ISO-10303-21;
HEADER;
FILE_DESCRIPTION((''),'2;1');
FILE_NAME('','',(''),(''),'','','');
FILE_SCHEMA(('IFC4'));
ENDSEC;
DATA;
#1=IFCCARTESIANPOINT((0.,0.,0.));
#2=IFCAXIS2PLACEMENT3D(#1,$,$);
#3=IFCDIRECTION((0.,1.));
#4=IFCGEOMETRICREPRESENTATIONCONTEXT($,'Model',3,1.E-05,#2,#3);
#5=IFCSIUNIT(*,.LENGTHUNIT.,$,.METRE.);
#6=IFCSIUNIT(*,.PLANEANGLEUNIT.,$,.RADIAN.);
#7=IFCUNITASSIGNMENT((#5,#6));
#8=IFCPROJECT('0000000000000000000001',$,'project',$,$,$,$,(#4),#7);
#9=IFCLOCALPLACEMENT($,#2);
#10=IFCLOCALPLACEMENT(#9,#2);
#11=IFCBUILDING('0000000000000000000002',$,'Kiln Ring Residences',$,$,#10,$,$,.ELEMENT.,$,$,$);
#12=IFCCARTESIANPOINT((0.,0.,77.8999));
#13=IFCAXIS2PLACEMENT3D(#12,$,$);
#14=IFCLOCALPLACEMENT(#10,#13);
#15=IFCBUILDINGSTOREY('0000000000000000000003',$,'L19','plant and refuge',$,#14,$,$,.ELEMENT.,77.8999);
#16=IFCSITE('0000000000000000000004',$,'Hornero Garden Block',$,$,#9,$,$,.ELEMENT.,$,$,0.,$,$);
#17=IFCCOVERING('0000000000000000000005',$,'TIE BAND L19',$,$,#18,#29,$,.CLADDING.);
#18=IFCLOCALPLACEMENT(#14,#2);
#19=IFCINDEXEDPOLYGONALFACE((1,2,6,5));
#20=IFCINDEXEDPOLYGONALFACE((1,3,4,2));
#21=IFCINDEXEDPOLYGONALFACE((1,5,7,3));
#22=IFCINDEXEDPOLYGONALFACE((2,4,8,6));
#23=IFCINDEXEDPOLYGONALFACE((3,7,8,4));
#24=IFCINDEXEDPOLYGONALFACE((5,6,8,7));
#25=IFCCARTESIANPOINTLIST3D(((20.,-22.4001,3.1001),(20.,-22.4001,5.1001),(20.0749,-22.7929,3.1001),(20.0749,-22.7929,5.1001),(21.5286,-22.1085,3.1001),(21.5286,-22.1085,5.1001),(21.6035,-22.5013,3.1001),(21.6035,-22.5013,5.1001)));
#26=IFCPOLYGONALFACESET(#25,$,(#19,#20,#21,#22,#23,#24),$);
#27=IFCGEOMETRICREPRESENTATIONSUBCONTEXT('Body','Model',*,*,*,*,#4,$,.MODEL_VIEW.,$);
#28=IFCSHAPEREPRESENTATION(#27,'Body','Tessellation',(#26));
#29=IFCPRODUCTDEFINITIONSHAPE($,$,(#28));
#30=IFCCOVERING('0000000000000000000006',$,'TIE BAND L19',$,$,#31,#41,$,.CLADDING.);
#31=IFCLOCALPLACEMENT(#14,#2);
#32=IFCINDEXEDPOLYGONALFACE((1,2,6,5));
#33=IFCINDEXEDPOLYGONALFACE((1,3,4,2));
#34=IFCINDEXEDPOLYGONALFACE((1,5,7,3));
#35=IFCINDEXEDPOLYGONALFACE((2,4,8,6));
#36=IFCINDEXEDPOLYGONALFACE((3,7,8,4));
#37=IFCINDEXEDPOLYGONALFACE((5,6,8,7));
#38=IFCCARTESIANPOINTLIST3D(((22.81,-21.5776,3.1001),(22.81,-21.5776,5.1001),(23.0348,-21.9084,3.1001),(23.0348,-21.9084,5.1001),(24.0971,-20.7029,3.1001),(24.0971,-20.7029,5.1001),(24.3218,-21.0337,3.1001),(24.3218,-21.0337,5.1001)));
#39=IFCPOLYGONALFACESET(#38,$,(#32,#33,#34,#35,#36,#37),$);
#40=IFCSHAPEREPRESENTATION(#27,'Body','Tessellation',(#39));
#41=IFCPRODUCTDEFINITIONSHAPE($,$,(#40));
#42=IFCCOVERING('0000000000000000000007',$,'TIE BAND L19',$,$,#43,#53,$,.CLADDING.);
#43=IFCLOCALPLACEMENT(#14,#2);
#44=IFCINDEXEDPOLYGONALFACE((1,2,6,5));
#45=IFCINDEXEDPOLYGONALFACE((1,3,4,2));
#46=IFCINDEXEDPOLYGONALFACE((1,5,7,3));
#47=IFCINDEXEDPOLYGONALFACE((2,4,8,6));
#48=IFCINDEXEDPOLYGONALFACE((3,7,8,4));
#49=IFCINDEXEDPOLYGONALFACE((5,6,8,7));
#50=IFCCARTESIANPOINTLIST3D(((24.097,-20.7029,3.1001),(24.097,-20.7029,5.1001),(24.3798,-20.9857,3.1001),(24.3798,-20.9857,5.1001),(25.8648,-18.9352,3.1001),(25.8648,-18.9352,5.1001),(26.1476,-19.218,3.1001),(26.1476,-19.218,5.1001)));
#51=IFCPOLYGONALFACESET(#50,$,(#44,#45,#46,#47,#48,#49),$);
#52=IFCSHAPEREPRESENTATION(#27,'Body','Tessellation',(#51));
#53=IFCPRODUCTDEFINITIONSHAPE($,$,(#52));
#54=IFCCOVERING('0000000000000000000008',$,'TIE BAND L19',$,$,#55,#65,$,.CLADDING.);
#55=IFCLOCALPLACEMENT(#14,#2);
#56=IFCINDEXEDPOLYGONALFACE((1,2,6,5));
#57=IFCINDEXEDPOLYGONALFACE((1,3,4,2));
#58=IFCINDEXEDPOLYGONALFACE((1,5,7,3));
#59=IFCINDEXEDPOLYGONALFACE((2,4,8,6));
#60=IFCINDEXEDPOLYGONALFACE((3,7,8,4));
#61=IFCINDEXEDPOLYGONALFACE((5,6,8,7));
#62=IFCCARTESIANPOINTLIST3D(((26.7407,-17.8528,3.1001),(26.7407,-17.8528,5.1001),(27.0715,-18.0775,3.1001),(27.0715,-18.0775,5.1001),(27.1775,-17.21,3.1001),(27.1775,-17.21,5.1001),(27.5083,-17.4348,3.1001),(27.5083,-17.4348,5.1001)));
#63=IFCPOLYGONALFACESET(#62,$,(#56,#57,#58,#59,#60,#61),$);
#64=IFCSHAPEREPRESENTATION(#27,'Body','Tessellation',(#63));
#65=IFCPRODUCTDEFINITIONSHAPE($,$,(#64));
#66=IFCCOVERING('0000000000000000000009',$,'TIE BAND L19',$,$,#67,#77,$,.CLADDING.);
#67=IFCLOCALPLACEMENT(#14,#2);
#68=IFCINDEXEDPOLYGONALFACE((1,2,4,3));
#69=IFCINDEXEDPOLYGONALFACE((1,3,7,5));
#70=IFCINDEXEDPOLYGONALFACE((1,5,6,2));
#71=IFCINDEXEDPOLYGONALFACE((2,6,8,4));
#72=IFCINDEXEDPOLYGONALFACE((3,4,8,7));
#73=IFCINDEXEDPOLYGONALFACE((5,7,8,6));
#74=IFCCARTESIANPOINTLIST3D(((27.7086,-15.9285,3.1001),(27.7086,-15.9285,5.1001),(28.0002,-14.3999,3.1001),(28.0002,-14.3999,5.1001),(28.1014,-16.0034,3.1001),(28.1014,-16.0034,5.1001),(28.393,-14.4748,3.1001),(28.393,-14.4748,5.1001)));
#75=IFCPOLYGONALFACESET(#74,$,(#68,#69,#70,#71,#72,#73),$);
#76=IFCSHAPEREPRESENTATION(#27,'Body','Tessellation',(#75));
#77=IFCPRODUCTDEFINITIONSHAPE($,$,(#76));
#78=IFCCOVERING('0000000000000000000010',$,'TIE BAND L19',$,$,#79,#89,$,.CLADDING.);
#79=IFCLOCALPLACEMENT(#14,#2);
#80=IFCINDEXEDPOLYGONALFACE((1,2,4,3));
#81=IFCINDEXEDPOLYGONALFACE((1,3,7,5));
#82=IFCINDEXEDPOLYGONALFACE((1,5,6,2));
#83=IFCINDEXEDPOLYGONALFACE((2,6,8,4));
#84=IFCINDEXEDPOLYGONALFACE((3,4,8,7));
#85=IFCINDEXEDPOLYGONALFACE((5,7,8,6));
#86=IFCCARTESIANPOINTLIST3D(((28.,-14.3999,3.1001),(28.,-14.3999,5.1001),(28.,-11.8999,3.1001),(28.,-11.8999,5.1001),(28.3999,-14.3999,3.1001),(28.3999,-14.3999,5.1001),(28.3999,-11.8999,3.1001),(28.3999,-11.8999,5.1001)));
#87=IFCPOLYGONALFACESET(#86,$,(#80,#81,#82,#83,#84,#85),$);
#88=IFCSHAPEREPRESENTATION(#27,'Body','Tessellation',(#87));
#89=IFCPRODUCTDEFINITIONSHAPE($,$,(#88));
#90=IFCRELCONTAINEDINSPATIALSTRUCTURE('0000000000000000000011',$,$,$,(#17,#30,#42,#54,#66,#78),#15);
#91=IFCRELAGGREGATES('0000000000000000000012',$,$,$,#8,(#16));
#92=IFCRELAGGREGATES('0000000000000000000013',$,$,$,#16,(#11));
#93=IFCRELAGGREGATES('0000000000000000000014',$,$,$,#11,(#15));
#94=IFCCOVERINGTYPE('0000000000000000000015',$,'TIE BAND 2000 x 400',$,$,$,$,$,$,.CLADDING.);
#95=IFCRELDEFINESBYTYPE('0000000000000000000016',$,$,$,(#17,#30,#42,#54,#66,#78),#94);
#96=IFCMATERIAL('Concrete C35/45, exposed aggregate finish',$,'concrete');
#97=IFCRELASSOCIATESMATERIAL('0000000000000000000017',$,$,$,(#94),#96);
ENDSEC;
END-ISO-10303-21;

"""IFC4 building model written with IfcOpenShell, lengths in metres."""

from ifc_helpers import new_model, si_unit, direction, frame, origin, origin_2d, place, context, subcontext, project, spatial, rectangle, extrude, material, type_object, element, save


model = new_model("IFC4")

# Units and contexts
model_context = context("Model", 3, precision=1e-05, world=origin(), true_north=direction((0.0, 1.0)))
body_context = subcontext(model_context, "Body", "Model", "MODEL_VIEW")
ifc_project = project(units=[si_unit("LENGTHUNIT", "METRE"), si_unit("PLANEANGLEUNIT", "RADIAN")], contexts=[model_context])

# Site, building, storey
site_placement = place(None, origin())
site = spatial("IfcSite", under=ifc_project, at=site_placement, Name="Hornero Garden Block", CompositionType="ELEMENT", RefElevation=0.0)
building_placement = place(site_placement, origin())
building = spatial("IfcBuilding", under=site, at=building_placement, Name="Kiln Ring Residences", CompositionType="ELEMENT")
storey_placement = place(building_placement, frame((0.0, 0.0, 77.8999)))
storey = spatial("IfcBuildingStorey", under=building, at=storey_placement, Name="L19", Description="plant and refuge", CompositionType="ELEMENT", Elevation=77.8999)

# Coverings
ifc_material_1 = material(Name="Concrete C35/45, exposed aggregate finish", Category="concrete")
covering_type = type_object("IfcCoveringType", Name="TIE BAND 2000 x 400", PredefinedType="CLADDING", material=ifc_material_1)
for number, where, z_axis, x_axis, name in (
    (1, (20.8018, -22.4507, 3.1001), (0.0, 0.0, 1.0), (0.98229, 0.187366, 0.0), "TIE BAND L19"),
    (2, (23.5659, -21.3057, 3.1001), (0.0, 0.0, 1.0), (0.827072, 0.562097, 0.0), "TIE BAND L19"),
):
    element("IfcCovering", number, at=place(storey_placement, frame(where, z_axis=z_axis, x_axis=x_axis)), inside=storey, type_object=covering_type, Name=name, PredefinedType="CLADDING", context=body_context, shape_type="SweptSolid", body=[
        extrude(rectangle(XDim=1.5562, YDim=0.3999, at=origin_2d()), origin(), (0.0, 0.0, 1.0), 2.0),
    ])
covering_1_placement = place(storey_placement, frame((25.1223, -19.9604, 3.1001), z_axis=(0.0, 0.0, 1.0), x_axis=(0.707107, 0.707107, 0.0)))
element("IfcCovering", 3, at=covering_1_placement, inside=storey, type_object=covering_type, Name="TIE BAND L19", PredefinedType="CLADDING", context=body_context, shape_type="SweptSolid", body=[
    extrude(rectangle(XDim=2.5, YDim=0.3999, at=origin_2d()), origin(), (0.0, 0.0, 1.0), 2.0),
])
covering_2_placement = place(storey_placement, frame((27.1245, -17.6438, 3.1001), z_axis=(0.0, 0.0, 1.0), x_axis=(0.562097, 0.827072, 0.0)))
element("IfcCovering", 4, at=covering_2_placement, inside=storey, type_object=covering_type, Name="TIE BAND L19", PredefinedType="CLADDING", context=body_context, shape_type="SweptSolid", body=[
    extrude(rectangle(XDim=0.7771, YDim=0.3999, at=origin_2d()), origin(), (0.0, 0.0, 1.0), 2.0),
])
covering_3_placement = place(storey_placement, frame((28.0508, -15.2017, 3.1001), z_axis=(0.0, 0.0, 1.0), x_axis=(0.187366, 0.98229, 0.0)))
element("IfcCovering", 5, at=covering_3_placement, inside=storey, type_object=covering_type, Name="TIE BAND L19", PredefinedType="CLADDING", context=body_context, shape_type="SweptSolid", body=[
    extrude(rectangle(XDim=1.5562, YDim=0.3999, at=origin_2d()), origin(), (0.0, 0.0, 1.0), 2.0),
])
covering_4_placement = place(storey_placement, frame((28.2, -13.1499, 3.1001), z_axis=(0.0, 0.0, 1.0), x_axis=(0.0, 1.0, 0.0)))
element("IfcCovering", 6, at=covering_4_placement, inside=storey, type_object=covering_type, Name="TIE BAND L19", PredefinedType="CLADDING", context=body_context, shape_type="SweptSolid", body=[
    extrude(rectangle(XDim=2.5, YDim=0.3999, at=origin_2d()), origin(), (0.0, 0.0, 1.0), 2.0),
])

save(model, "model.ifc")
